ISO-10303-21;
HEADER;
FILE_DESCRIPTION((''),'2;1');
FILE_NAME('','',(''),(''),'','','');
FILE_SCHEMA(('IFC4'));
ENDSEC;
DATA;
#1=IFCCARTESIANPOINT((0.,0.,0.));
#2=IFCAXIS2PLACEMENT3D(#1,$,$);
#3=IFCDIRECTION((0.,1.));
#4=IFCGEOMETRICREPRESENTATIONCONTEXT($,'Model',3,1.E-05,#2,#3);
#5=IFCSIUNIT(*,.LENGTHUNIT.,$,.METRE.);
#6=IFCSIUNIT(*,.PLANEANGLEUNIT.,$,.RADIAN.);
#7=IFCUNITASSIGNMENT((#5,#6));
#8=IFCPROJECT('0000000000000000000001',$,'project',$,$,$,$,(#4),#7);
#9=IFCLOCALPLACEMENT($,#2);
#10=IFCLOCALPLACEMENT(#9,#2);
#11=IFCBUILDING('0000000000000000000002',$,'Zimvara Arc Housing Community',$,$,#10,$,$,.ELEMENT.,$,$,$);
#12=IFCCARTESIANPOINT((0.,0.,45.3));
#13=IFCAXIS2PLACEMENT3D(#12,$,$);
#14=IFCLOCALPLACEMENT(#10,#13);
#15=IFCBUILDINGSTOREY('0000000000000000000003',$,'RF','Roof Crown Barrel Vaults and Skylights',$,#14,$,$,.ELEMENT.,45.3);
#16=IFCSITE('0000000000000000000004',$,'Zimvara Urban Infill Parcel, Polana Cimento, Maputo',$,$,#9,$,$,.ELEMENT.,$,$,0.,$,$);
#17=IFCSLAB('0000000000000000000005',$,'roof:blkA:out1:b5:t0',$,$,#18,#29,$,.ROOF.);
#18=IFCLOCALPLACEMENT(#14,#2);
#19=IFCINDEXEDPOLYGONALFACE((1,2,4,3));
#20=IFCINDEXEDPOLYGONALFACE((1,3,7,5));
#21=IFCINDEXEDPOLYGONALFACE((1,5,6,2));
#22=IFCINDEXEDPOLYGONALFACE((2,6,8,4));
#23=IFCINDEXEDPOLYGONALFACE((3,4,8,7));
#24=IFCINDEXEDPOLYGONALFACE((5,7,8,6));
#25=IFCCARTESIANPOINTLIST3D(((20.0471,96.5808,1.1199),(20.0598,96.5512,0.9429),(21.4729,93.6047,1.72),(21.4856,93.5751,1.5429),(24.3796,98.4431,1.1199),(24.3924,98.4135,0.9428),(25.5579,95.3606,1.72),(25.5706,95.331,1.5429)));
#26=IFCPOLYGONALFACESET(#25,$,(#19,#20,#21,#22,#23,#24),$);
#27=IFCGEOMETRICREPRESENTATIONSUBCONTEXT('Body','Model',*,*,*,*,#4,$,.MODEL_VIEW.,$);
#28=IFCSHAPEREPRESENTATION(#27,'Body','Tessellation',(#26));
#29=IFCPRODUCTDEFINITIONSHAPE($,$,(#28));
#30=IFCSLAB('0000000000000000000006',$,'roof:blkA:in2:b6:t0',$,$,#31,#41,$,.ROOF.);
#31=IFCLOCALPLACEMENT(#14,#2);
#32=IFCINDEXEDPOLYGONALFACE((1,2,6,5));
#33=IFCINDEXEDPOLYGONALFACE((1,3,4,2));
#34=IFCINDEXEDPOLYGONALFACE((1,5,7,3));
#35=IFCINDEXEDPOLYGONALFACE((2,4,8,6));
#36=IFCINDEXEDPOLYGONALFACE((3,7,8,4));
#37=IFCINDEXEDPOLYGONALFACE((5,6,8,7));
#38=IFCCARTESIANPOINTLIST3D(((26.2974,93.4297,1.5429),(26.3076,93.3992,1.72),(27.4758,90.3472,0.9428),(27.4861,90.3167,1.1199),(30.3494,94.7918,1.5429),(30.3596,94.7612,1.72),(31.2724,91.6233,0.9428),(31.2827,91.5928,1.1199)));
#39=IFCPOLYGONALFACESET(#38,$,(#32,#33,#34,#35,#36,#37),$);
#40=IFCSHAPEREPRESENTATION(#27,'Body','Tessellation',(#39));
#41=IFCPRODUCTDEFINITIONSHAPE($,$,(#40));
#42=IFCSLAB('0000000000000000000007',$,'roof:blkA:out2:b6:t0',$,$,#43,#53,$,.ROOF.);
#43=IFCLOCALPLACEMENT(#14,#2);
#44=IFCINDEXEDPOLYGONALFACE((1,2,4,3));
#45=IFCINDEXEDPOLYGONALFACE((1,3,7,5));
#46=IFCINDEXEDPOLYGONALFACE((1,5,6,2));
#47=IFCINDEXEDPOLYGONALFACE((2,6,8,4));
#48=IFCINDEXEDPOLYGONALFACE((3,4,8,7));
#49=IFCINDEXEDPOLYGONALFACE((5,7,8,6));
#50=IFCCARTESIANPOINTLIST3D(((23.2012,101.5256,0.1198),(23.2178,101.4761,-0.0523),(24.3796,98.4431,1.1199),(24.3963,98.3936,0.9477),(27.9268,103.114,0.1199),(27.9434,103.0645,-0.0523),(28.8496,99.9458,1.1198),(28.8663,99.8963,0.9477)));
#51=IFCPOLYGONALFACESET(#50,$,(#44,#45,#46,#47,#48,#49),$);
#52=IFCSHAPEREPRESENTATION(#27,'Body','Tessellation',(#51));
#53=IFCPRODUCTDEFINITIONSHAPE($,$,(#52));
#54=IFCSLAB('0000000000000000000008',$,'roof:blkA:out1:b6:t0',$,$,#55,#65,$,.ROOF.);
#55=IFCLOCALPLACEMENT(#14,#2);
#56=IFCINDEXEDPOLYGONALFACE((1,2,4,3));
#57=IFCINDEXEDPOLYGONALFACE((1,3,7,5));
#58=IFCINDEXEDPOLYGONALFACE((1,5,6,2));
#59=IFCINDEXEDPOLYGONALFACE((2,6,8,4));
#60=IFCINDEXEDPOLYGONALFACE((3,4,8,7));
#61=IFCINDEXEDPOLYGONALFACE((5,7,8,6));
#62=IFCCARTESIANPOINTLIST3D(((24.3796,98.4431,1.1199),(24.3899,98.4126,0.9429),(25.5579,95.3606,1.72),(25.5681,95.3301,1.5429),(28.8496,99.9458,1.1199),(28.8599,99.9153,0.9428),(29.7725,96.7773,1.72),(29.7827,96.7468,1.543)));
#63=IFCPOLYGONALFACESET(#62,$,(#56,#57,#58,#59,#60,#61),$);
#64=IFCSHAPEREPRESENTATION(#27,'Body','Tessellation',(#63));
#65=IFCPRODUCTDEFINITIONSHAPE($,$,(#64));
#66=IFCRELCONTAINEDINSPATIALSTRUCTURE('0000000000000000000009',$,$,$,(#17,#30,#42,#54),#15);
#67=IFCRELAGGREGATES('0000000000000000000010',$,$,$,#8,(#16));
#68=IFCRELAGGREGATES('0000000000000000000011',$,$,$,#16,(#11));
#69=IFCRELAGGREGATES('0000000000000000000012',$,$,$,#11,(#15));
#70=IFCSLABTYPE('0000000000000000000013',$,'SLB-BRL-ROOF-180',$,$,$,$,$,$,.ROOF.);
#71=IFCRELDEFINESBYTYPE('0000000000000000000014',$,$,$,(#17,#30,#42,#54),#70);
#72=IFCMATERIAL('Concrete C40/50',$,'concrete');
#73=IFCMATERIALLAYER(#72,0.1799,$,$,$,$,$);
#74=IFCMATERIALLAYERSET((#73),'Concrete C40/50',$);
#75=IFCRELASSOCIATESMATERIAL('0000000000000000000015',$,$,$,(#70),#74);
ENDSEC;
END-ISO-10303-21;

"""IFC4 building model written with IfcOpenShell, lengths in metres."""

from ifc_helpers import new_model, si_unit, direction, frame, origin, place, context, subcontext, project, spatial, polyline, outline, extrude, material, layer, layer_set, type_object, element, save


model = new_model("IFC4")

# Units and contexts
model_context = context("Model", 3, precision=1e-05, world=origin(), true_north=direction((0.0, 1.0)))
body_context = subcontext(model_context, "Body", "Model", "MODEL_VIEW")
ifc_project = project(units=[si_unit("LENGTHUNIT", "METRE"), si_unit("PLANEANGLEUNIT", "RADIAN")], contexts=[model_context])

# Site, building, storey
site_placement = place(None, origin())
site = spatial("IfcSite", under=ifc_project, at=site_placement, Name="Zimvara Urban Infill Parcel, Polana Cimento, Maputo", CompositionType="ELEMENT", RefElevation=0.0)
building_placement = place(site_placement, origin())
building = spatial("IfcBuilding", under=site, at=building_placement, Name="Zimvara Arc Housing Community", CompositionType="ELEMENT")
storey_placement = place(building_placement, frame((0.0, 0.0, 45.3)))
storey = spatial("IfcBuildingStorey", under=building, at=storey_placement, Name="RF", Description="Roof Crown Barrel Vaults and Skylights", CompositionType="ELEMENT", Elevation=45.3)

# Slabs
ifc_material_1 = material(Name="Concrete C40/50", Category="concrete")
ifc_layer_1 = layer(ifc_material_1, 0.1799)
ifc_layer_set_1 = layer_set([ifc_layer_1], Name="Concrete C40/50")
slab_type = type_object("IfcSlabType", Name="SLB-BRL-ROOF-180", PredefinedType="ROOF", material=ifc_layer_set_1)
slab_1_placement = place(storey_placement, frame((24.3796, 98.4431, 1.1199), z_axis=(-0.070711, 0.164505, 0.983838), x_axis=(-0.918721, -0.394906, 0.000001)))
element("IfcSlab", 1, at=slab_1_placement, inside=storey, type_object=slab_type, Name="roof:blkA:out1:b5:t0", PredefinedType="ROOF", context=body_context, shape_type="SweptSolid", body=[
    extrude(outline(polyline([(0.0, 0.0), (4.7158, 0.0), (4.5812, 3.3514), (0.1348, 3.3514), (0.0, 0.0)])), origin(), (0.0, 0.0, -1.0), 0.1799),
])
slab_2_placement = place(storey_placement, frame((27.4861, 90.3167, 1.1199), z_axis=(0.057048, -0.169719, 0.98384), x_axis=(0.947888, 0.318604, -0.000002)))
element("IfcSlab", 2, at=slab_2_placement, inside=storey, type_object=slab_type, Name="roof:blkA:in2:b6:t0", PredefinedType="ROOF", context=body_context, shape_type="SweptSolid", body=[
    extrude(outline(polyline([(0.0, 0.0), (4.0054, 0.0), (4.1399, 3.3516), (-0.135, 3.3515), (0.0, 0.0)])), origin(), (0.0, 0.0, -1.0), 0.1799),
])
slab_3_placement = place(storey_placement, frame((27.9268, 103.114, 0.1199), z_axis=(-0.092475, 0.275103, 0.956957), x_axis=(-0.947886, -0.318609, -0.000006)))
element("IfcSlab", 3, at=slab_3_placement, inside=storey, type_object=slab_type, Name="roof:blkA:out2:b6:t0", PredefinedType="ROOF", context=body_context, shape_type="SweptSolid", body=[
    extrude(outline(polyline([(0.0, 0.0), (4.9854, 0.0), (4.8504, 3.4456), (0.1347, 3.4454), (0.0, 0.0)])), origin(), (0.0, 0.0, -1.0), 0.1799),
])
slab_4_placement = place(storey_placement, frame((28.8496, 99.9458, 1.1199), z_axis=(-0.057054, 0.169721, 0.983839), x_axis=(-0.947873, -0.318649, 0.000002)))
element("IfcSlab", 4, at=slab_4_placement, inside=storey, type_object=slab_type, Name="roof:blkA:out1:b6:t0", PredefinedType="ROOF", context=body_context, shape_type="SweptSolid", body=[
    extrude(outline(polyline([(0.0, 0.0), (4.7158, 0.0), (4.5812, 3.3514), (0.1349, 3.3515), (0.0, 0.0)])), origin(), (0.0, 0.0, -1.0), 0.1799),
])

save(model, "model.ifc")
